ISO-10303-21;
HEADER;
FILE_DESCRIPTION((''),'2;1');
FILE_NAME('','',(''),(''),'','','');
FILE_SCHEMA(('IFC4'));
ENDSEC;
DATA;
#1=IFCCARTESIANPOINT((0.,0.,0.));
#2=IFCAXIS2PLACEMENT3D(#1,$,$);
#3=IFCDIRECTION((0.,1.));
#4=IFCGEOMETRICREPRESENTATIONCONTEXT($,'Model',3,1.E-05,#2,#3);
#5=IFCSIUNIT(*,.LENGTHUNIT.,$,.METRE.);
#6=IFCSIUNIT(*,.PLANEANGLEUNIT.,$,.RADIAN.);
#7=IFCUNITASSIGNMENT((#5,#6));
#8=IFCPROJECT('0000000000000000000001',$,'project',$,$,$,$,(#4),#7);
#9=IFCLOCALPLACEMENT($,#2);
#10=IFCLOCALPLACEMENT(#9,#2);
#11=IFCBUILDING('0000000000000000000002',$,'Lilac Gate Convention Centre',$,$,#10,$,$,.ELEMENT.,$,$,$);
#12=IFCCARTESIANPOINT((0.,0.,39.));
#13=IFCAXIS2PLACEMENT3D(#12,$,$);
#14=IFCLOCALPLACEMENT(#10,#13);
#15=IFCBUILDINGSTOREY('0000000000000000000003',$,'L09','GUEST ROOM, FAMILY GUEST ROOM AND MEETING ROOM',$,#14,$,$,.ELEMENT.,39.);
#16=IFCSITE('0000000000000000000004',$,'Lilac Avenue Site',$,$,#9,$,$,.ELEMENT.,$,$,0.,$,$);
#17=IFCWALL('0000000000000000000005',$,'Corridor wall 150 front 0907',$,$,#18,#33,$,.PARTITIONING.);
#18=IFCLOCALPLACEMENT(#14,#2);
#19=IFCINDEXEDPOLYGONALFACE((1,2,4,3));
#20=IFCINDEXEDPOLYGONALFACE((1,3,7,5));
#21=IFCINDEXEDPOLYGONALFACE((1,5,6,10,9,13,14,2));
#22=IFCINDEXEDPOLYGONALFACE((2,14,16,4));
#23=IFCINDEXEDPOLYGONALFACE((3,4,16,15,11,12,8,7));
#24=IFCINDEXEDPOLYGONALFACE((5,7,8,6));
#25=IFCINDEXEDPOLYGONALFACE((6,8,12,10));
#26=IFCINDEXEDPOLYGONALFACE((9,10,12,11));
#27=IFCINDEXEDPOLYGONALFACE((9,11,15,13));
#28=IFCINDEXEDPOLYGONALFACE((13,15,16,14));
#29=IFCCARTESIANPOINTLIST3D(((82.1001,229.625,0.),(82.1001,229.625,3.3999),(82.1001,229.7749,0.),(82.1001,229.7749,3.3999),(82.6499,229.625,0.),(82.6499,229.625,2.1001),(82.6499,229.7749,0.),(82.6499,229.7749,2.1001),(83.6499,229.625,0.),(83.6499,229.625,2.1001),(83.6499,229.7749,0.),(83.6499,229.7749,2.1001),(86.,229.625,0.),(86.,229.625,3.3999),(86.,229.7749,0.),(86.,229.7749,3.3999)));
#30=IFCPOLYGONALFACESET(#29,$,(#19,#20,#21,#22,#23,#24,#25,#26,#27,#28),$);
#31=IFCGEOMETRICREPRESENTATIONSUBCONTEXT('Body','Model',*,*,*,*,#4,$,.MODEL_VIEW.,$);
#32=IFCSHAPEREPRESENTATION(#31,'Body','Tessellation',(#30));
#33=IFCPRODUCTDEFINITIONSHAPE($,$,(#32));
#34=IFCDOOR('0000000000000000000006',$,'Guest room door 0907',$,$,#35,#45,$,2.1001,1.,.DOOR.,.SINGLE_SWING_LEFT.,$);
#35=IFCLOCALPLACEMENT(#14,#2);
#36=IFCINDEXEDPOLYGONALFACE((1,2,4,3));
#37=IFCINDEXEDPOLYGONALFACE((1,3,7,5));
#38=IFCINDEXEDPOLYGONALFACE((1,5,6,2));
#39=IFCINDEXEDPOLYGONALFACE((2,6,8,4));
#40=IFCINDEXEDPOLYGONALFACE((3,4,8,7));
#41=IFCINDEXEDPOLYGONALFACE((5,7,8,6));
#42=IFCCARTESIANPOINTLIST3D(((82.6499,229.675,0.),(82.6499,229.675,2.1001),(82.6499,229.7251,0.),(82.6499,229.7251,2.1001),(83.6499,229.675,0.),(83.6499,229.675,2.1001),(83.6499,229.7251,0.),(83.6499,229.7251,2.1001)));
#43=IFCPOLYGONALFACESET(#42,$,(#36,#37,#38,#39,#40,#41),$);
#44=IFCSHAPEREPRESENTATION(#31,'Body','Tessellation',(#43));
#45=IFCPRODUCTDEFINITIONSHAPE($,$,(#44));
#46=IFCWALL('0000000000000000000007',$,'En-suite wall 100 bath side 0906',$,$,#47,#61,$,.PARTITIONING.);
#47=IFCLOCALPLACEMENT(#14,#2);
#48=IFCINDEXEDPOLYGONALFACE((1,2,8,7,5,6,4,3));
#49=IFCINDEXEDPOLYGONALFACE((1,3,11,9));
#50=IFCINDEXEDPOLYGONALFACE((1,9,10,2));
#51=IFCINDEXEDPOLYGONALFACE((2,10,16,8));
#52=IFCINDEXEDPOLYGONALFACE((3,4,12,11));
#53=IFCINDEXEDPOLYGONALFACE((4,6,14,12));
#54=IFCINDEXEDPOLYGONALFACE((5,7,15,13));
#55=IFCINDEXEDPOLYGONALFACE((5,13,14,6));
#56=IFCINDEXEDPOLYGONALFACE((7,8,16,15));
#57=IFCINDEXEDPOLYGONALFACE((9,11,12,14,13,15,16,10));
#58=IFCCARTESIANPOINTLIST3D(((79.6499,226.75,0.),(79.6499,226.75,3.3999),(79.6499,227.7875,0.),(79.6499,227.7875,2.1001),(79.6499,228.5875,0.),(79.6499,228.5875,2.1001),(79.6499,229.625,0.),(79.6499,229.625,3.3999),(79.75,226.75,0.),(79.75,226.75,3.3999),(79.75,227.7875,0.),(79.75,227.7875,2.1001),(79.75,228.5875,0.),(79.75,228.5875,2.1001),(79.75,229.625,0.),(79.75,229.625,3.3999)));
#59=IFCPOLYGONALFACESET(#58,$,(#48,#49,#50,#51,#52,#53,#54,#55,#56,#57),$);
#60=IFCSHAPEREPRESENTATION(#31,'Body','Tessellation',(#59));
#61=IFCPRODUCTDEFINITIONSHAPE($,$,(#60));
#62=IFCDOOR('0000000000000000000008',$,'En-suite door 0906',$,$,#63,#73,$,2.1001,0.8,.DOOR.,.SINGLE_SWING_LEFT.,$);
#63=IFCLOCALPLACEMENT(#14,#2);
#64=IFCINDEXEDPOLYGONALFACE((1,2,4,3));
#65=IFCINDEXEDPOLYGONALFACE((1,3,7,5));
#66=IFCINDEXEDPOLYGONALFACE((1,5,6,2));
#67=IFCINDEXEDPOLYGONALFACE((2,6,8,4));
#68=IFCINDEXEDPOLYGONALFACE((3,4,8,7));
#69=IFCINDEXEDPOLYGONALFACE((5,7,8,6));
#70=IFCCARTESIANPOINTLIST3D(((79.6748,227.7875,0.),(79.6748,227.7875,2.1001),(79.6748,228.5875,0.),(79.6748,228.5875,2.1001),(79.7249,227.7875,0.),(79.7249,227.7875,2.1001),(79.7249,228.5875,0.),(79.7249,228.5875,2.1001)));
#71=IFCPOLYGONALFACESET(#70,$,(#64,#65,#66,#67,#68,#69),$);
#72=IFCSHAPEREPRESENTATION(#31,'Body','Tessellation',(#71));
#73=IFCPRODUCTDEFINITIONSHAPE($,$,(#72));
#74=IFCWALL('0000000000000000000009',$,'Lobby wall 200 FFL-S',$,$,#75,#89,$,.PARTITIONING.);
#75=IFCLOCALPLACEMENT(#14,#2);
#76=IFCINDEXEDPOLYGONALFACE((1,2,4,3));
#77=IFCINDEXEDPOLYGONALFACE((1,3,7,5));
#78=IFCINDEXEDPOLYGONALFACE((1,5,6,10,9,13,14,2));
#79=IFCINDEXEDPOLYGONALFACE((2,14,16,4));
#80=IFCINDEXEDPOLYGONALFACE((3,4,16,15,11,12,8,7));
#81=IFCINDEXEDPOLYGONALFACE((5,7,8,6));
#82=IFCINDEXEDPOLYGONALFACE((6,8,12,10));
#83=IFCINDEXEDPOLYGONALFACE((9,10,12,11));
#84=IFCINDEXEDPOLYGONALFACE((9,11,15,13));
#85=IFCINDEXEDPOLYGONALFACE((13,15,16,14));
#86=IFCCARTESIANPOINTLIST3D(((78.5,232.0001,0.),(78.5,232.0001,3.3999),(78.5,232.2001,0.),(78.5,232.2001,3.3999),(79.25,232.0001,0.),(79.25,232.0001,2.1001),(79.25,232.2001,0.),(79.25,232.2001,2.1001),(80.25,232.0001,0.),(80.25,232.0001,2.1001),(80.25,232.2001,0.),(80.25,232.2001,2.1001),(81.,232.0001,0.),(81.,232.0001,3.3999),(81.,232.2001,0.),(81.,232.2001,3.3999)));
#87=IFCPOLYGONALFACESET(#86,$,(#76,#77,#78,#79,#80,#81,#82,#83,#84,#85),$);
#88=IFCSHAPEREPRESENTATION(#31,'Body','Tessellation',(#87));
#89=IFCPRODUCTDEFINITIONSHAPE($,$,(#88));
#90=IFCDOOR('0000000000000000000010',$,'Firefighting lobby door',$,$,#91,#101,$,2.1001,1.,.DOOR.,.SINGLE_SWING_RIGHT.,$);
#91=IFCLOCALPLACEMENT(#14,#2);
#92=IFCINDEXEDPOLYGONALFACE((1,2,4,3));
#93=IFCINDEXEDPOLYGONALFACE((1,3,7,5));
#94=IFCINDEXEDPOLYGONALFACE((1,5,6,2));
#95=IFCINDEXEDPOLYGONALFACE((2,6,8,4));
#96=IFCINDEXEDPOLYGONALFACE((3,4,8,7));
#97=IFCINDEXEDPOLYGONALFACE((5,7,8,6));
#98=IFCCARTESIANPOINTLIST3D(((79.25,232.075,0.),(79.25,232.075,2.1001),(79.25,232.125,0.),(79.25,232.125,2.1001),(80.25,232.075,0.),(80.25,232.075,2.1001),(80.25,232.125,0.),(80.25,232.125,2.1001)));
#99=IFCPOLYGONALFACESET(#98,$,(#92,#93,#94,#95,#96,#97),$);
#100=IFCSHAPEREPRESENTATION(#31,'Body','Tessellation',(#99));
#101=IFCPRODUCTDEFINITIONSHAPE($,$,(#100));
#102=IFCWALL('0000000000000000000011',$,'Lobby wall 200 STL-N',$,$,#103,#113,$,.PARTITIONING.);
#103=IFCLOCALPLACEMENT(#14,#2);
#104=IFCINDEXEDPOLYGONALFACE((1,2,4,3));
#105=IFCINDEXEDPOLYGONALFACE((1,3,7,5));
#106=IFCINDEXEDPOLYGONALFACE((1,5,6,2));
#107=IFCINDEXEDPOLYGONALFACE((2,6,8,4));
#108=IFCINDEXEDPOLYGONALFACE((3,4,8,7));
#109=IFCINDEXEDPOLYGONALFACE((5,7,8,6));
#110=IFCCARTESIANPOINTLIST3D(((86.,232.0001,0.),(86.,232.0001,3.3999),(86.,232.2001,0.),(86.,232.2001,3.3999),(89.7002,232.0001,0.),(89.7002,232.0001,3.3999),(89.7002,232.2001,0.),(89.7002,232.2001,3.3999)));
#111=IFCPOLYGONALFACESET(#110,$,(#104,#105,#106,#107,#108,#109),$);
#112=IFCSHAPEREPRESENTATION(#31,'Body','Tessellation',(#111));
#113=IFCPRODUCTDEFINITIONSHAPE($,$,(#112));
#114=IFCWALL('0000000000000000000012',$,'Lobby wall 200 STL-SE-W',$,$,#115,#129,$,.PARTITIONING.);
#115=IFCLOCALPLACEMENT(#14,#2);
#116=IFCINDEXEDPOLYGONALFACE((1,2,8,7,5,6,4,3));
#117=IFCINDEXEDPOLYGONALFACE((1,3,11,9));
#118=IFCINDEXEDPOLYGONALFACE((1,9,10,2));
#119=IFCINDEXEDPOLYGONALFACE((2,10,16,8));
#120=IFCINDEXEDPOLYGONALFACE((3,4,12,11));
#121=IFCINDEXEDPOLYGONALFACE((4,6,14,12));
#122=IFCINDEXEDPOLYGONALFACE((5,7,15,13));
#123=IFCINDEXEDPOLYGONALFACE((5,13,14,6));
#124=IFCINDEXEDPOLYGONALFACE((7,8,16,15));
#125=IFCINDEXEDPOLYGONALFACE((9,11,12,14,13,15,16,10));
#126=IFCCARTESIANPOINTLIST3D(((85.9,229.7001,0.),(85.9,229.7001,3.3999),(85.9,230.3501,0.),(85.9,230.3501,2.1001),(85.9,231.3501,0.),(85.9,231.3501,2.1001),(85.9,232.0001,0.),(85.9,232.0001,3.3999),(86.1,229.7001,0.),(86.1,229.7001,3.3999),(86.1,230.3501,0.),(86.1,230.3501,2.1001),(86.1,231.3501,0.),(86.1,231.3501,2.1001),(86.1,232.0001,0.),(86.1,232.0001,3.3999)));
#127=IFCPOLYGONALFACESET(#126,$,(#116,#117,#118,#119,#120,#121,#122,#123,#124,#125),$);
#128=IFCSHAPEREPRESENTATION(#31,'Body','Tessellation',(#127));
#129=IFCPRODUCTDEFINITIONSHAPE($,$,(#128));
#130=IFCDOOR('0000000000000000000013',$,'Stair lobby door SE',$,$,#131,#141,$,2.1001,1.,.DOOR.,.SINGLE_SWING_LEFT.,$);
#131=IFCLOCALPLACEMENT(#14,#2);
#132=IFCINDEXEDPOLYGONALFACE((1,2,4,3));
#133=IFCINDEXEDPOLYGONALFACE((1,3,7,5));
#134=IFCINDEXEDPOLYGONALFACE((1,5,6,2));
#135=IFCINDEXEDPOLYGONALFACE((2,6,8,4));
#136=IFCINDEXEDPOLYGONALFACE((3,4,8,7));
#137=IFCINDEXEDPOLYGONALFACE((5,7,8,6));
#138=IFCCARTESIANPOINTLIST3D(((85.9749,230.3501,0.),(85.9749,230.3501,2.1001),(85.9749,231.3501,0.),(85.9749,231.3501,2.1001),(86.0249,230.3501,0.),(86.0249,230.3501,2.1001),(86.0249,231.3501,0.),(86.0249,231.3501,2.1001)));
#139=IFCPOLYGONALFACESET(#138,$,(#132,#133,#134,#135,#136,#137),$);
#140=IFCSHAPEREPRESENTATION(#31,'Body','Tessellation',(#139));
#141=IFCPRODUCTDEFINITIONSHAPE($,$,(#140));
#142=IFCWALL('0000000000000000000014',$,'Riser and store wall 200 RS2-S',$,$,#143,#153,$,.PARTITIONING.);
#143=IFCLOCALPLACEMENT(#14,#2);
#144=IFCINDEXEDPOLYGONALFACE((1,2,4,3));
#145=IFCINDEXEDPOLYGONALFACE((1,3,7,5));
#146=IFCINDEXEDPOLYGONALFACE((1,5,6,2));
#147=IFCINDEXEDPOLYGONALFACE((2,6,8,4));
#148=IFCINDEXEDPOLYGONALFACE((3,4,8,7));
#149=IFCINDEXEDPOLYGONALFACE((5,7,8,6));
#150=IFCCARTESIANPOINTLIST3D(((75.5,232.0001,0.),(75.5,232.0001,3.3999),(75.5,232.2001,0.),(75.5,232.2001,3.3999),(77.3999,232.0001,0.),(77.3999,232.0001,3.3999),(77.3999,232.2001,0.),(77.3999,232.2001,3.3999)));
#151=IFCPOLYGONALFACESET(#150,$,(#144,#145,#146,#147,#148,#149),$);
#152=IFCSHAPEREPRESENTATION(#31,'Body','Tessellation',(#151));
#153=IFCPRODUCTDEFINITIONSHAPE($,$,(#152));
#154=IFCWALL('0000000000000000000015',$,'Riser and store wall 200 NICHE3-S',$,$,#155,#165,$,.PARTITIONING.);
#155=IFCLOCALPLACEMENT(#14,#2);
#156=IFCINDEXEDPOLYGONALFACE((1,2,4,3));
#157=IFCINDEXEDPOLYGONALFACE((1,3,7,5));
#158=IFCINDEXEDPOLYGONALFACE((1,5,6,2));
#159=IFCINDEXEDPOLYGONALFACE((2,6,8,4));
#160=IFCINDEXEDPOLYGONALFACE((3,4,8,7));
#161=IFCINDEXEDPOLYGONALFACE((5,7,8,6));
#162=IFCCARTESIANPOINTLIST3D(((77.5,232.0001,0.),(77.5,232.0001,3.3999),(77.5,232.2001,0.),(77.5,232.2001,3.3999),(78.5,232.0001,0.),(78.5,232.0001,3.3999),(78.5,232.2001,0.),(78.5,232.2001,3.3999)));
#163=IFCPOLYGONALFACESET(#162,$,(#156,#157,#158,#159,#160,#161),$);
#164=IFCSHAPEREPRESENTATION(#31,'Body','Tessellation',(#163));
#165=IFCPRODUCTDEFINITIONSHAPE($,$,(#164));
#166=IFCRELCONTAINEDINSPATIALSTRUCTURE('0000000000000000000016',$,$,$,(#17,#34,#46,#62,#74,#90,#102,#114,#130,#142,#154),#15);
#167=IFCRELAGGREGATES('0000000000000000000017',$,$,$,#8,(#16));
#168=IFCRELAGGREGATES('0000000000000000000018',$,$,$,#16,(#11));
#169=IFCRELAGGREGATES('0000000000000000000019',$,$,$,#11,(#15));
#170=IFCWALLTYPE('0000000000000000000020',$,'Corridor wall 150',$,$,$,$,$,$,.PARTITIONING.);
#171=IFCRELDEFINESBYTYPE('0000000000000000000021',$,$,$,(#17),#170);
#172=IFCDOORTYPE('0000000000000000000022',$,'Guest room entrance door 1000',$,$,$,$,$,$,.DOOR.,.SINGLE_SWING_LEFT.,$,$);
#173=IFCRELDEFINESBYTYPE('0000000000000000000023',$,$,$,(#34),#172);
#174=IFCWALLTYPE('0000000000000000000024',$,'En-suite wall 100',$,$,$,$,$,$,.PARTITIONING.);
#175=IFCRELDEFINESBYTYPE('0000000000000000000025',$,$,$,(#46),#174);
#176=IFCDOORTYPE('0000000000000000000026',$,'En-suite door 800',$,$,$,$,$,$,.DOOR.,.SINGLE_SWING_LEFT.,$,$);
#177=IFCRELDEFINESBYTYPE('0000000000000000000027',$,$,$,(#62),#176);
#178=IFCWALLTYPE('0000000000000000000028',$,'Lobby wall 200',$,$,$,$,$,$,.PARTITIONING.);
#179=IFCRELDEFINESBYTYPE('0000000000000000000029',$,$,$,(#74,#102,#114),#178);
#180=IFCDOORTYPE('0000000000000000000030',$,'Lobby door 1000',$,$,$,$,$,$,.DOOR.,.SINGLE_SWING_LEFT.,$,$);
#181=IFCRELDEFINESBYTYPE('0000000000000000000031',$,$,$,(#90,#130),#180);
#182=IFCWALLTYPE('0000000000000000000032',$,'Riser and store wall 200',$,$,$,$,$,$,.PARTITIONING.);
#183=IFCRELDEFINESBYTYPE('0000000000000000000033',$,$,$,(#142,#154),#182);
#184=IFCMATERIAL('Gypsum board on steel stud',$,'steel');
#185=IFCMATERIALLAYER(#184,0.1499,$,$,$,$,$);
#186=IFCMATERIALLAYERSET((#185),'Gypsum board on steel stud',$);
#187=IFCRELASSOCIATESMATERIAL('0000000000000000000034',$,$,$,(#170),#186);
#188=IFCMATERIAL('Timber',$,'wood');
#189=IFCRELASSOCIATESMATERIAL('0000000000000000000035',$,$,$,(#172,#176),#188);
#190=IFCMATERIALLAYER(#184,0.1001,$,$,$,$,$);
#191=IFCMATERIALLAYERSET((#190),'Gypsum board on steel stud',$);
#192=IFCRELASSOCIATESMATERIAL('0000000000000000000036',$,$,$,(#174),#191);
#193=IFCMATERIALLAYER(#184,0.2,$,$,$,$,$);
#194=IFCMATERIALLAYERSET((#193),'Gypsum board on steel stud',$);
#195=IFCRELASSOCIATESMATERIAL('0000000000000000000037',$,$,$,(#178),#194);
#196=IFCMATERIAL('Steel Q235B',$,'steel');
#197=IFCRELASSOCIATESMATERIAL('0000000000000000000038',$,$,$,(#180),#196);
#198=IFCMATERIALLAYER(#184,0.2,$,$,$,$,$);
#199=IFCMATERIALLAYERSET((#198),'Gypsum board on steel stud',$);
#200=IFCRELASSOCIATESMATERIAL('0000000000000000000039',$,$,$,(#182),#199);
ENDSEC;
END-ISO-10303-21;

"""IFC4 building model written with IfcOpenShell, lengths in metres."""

from ifc_helpers import new_model, si_unit, direction, frame, frame_2d, origin, place, context, subcontext, project, spatial, rectangle, extrude, material, layer, layer_set, type_object, element, fill, save


model = new_model("IFC4")

# Units and contexts
model_context = context("Model", 3, precision=1e-05, world=origin(), true_north=direction((0.0, 1.0)))
body_context = subcontext(model_context, "Body", "Model", "MODEL_VIEW")
ifc_project = project(units=[si_unit("LENGTHUNIT", "METRE"), si_unit("PLANEANGLEUNIT", "RADIAN")], contexts=[model_context])

# Site, building, storey
site_placement = place(None, origin())
site = spatial("IfcSite", under=ifc_project, at=site_placement, Name="Lilac Avenue Site", CompositionType="ELEMENT", RefElevation=0.0)
building_placement = place(site_placement, origin())
building = spatial("IfcBuilding", under=site, at=building_placement, Name="Lilac Gate Convention Centre", CompositionType="ELEMENT")
storey_placement = place(building_placement, frame((0.0, 0.0, 39.0)))
storey = spatial("IfcBuildingStorey", under=building, at=storey_placement, Name="L09", Description="GUEST ROOM, FAMILY GUEST ROOM AND MEETING ROOM", CompositionType="ELEMENT", Elevation=39.0)

# Shared definitions
ifc_material_1 = material(Name="Steel Q235B", Category="steel")

# Walls, openings, doors
ifc_material_2 = material(Name="Gypsum board on steel stud", Category="steel")
ifc_layer_1 = layer(ifc_material_2, 0.1499)
ifc_layer_set_1 = layer_set([ifc_layer_1], Name="Gypsum board on steel stud")
wall_type_1 = type_object("IfcWallType", Name="Corridor wall 150", PredefinedType="PARTITIONING", material=ifc_layer_set_1)
ifc_material_3 = material(Name="Timber", Category="wood")
door_type_1 = type_object("IfcDoorType", Name="Guest room entrance door 1000", OperationType="SINGLE_SWING_LEFT", PredefinedType="DOOR", material=ifc_material_3)
wall_1_placement = place(storey_placement, frame((86.0, 229.7, 0.0), z_axis=(0.0, 0.0, 1.0), x_axis=(-1.0, 0.0, 0.0)))
wall_1 = element("IfcWall", 1, at=wall_1_placement, inside=storey, type_object=wall_type_1, Name="Corridor wall 150 front 0907", PredefinedType="PARTITIONING", context=body_context, shape_type="SweptSolid", body=[
    extrude(rectangle(XDim=3.8999, YDim=0.1499, at=frame_2d((1.95, 0.0))), origin(), (0.0, 0.0, 1.0), 3.3999),
])
opening_1_placement = place(wall_1_placement, frame((2.3501, 0.0, 0.0)))
opening_1 = element("IfcOpeningElement", 2, at=opening_1_placement, cuts=wall_1, PredefinedType="OPENING", context=body_context, shape_type="SweptSolid", body=[
    extrude(rectangle(XDim=1.0, YDim=2.1001, at=frame_2d((0.5, 1.05))), frame((0.0, 0.085, 0.0), z_axis=(0.0, -1.0, 0.0), x_axis=(1.0, 0.0, 0.0)), (0.0, 0.0, 1.0), 0.1699),
])
door_1_placement = place(opening_1_placement, origin())
door_1 = element("IfcDoor", 3, at=door_1_placement, inside=storey, type_object=door_type_1, Name="Guest room door 0907", OperationType="SINGLE_SWING_LEFT", OverallHeight=2.1001, OverallWidth=1.0, PredefinedType="DOOR", context=body_context, shape_type="SweptSolid", body=[
    extrude(rectangle(XDim=1.0, YDim=2.1001, at=frame_2d((0.5, 1.05))), frame((0.0, 0.0249, 0.0), z_axis=(0.0, -1.0, 0.0), x_axis=(1.0, 0.0, 0.0)), (0.0, 0.0, 1.0), 0.05),
])
fill(opening_1, door_1)
ifc_layer_2 = layer(ifc_material_2, 0.1001)
ifc_layer_set_2 = layer_set([ifc_layer_2], Name="Gypsum board on steel stud")
wall_type_2 = type_object("IfcWallType", Name="En-suite wall 100", PredefinedType="PARTITIONING", material=ifc_layer_set_2)
wall_2_placement = place(storey_placement, frame((79.7, 229.625, 0.0), z_axis=(0.0, 0.0, 1.0), x_axis=(0.0, -1.0, 0.0)))
wall_2 = element("IfcWall", 4, at=wall_2_placement, inside=storey, type_object=wall_type_2, Name="En-suite wall 100 bath side 0906", PredefinedType="PARTITIONING", context=body_context, shape_type="SweptSolid", body=[
    extrude(rectangle(XDim=2.875, YDim=0.1001, at=frame_2d((1.4375, 0.0))), origin(), (0.0, 0.0, 1.0), 3.3999),
])
opening_2_placement = place(wall_2_placement, frame((1.0376, 0.0, 0.0)))
opening_2 = element("IfcOpeningElement", 5, at=opening_2_placement, cuts=wall_2, PredefinedType="OPENING", context=body_context, shape_type="SweptSolid", body=[
    extrude(rectangle(XDim=0.8, YDim=2.1001, at=frame_2d((0.3999, 1.05))), frame((0.0, 0.0601, 0.0), z_axis=(0.0, -1.0, 0.0), x_axis=(1.0, 0.0, 0.0)), (0.0, 0.0, 1.0), 0.1201),
])
door_type_2 = type_object("IfcDoorType", Name="En-suite door 800", OperationType="SINGLE_SWING_LEFT", PredefinedType="DOOR", material=ifc_material_3)
door_2_placement = place(opening_2_placement, origin())
door_2 = element("IfcDoor", 6, at=door_2_placement, inside=storey, type_object=door_type_2, Name="En-suite door 0906", OperationType="SINGLE_SWING_LEFT", OverallHeight=2.1001, OverallWidth=0.8, PredefinedType="DOOR", context=body_context, shape_type="SweptSolid", body=[
    extrude(rectangle(XDim=0.8, YDim=2.1001, at=frame_2d((0.3999, 1.05))), frame((0.0, 0.0249, 0.0), z_axis=(0.0, -1.0, 0.0), x_axis=(1.0, 0.0, 0.0)), (0.0, 0.0, 1.0), 0.05),
])
fill(opening_2, door_2)
ifc_layer_3 = layer(ifc_material_2, 0.2)
ifc_layer_set_3 = layer_set([ifc_layer_3], Name="Gypsum board on steel stud")
wall_type_3 = type_object("IfcWallType", Name="Lobby wall 200", PredefinedType="PARTITIONING", material=ifc_layer_set_3)
wall_3_placement = place(storey_placement, frame((78.5, 232.1001, 0.0), z_axis=(0.0, 0.0, 1.0), x_axis=(1.0, 0.0, 0.0)))
wall_3 = element("IfcWall", 7, at=wall_3_placement, inside=storey, type_object=wall_type_3, Name="Lobby wall 200 FFL-S", PredefinedType="PARTITIONING", context=body_context, shape_type="SweptSolid", body=[
    extrude(rectangle(XDim=2.5, YDim=0.2, at=frame_2d((1.25, 0.0))), origin(), (0.0, 0.0, 1.0), 3.3999),
])
opening_3_placement = place(wall_3_placement, frame((0.75, 0.0, 0.0)))
opening_3 = element("IfcOpeningElement", 8, at=opening_3_placement, cuts=wall_3, PredefinedType="OPENING", context=body_context, shape_type="SweptSolid", body=[
    extrude(rectangle(XDim=1.0, YDim=2.1001, at=frame_2d((0.5, 1.05))), frame((0.0, 0.1099, 0.0), z_axis=(0.0, -1.0, 0.0), x_axis=(1.0, 0.0, 0.0)), (0.0, 0.0, 1.0), 0.22),
])
door_type_3 = type_object("IfcDoorType", Name="Lobby door 1000", OperationType="SINGLE_SWING_LEFT", PredefinedType="DOOR", material=ifc_material_1)
door_3_placement = place(opening_3_placement, origin())
door_3 = element("IfcDoor", 9, at=door_3_placement, inside=storey, type_object=door_type_3, Name="Firefighting lobby door", OperationType="SINGLE_SWING_RIGHT", OverallHeight=2.1001, OverallWidth=1.0, PredefinedType="DOOR", context=body_context, shape_type="SweptSolid", body=[
    extrude(rectangle(XDim=1.0, YDim=2.1001, at=frame_2d((0.5, 1.05))), frame((0.0, 0.0249, 0.0), z_axis=(0.0, -1.0, 0.0), x_axis=(1.0, 0.0, 0.0)), (0.0, 0.0, 1.0), 0.05),
])
fill(opening_3, door_3)

# Wall
wall_4_placement = place(storey_placement, frame((86.0, 232.1001, 0.0), z_axis=(0.0, 0.0, 1.0), x_axis=(1.0, 0.0, 0.0)))
element("IfcWall", 10, at=wall_4_placement, inside=storey, type_object=wall_type_3, Name="Lobby wall 200 STL-N", PredefinedType="PARTITIONING", context=body_context, shape_type="SweptSolid", body=[
    extrude(rectangle(XDim=3.7002, YDim=0.2, at=frame_2d((1.8501, 0.0))), origin(), (0.0, 0.0, 1.0), 3.3999),
])

# Wall, opening, door
wall_5_placement = place(storey_placement, frame((86.0, 232.0, 0.0), z_axis=(0.0, 0.0, 1.0), x_axis=(0.0, -1.0, 0.0)))
wall_5 = element("IfcWall", 11, at=wall_5_placement, inside=storey, type_object=wall_type_3, Name="Lobby wall 200 STL-SE-W", PredefinedType="PARTITIONING", context=body_context, shape_type="SweptSolid", body=[
    extrude(rectangle(XDim=2.3, YDim=0.2, at=frame_2d((1.1499, 0.0))), origin(), (0.0, 0.0, 1.0), 3.3999),
])
opening_4_placement = place(wall_5_placement, frame((0.6499, 0.0, 0.0)))
opening_4 = element("IfcOpeningElement", 12, at=opening_4_placement, cuts=wall_5, PredefinedType="OPENING", context=body_context, shape_type="SweptSolid", body=[
    extrude(rectangle(XDim=1.0, YDim=2.1001, at=frame_2d((0.5, 1.05))), frame((0.0, 0.1099, 0.0), z_axis=(0.0, -1.0, 0.0), x_axis=(1.0, 0.0, 0.0)), (0.0, 0.0, 1.0), 0.22),
])
door_4_placement = place(opening_4_placement, origin())
door_4 = element("IfcDoor", 13, at=door_4_placement, inside=storey, type_object=door_type_3, Name="Stair lobby door SE", OperationType="SINGLE_SWING_LEFT", OverallHeight=2.1001, OverallWidth=1.0, PredefinedType="DOOR", context=body_context, shape_type="SweptSolid", body=[
    extrude(rectangle(XDim=1.0, YDim=2.1001, at=frame_2d((0.5, 1.05))), frame((0.0, 0.0249, 0.0), z_axis=(0.0, -1.0, 0.0), x_axis=(1.0, 0.0, 0.0)), (0.0, 0.0, 1.0), 0.05),
])
fill(opening_4, door_4)

# Walls
ifc_layer_4 = layer(ifc_material_2, 0.2)
ifc_layer_set_4 = layer_set([ifc_layer_4], Name="Gypsum board on steel stud")
wall_type_4 = type_object("IfcWallType", Name="Riser and store wall 200", PredefinedType="PARTITIONING", material=ifc_layer_set_4)
wall_6_placement = place(storey_placement, frame((75.5, 232.1001, 0.0), z_axis=(0.0, 0.0, 1.0), x_axis=(1.0, 0.0, 0.0)))
element("IfcWall", 14, at=wall_6_placement, inside=storey, type_object=wall_type_4, Name="Riser and store wall 200 RS2-S", PredefinedType="PARTITIONING", context=body_context, shape_type="SweptSolid", body=[
    extrude(rectangle(XDim=1.8999, YDim=0.2, at=frame_2d((0.95, 0.0))), origin(), (0.0, 0.0, 1.0), 3.3999),
])
wall_7_placement = place(storey_placement, frame((77.5, 232.1001, 0.0), z_axis=(0.0, 0.0, 1.0), x_axis=(1.0, 0.0, 0.0)))
element("IfcWall", 15, at=wall_7_placement, inside=storey, type_object=wall_type_4, Name="Riser and store wall 200 NICHE3-S", PredefinedType="PARTITIONING", context=body_context, shape_type="SweptSolid", body=[
    extrude(rectangle(XDim=1.0, YDim=0.2, at=frame_2d((0.5, 0.0))), origin(), (0.0, 0.0, 1.0), 3.3999),
])

save(model, "model.ifc")
